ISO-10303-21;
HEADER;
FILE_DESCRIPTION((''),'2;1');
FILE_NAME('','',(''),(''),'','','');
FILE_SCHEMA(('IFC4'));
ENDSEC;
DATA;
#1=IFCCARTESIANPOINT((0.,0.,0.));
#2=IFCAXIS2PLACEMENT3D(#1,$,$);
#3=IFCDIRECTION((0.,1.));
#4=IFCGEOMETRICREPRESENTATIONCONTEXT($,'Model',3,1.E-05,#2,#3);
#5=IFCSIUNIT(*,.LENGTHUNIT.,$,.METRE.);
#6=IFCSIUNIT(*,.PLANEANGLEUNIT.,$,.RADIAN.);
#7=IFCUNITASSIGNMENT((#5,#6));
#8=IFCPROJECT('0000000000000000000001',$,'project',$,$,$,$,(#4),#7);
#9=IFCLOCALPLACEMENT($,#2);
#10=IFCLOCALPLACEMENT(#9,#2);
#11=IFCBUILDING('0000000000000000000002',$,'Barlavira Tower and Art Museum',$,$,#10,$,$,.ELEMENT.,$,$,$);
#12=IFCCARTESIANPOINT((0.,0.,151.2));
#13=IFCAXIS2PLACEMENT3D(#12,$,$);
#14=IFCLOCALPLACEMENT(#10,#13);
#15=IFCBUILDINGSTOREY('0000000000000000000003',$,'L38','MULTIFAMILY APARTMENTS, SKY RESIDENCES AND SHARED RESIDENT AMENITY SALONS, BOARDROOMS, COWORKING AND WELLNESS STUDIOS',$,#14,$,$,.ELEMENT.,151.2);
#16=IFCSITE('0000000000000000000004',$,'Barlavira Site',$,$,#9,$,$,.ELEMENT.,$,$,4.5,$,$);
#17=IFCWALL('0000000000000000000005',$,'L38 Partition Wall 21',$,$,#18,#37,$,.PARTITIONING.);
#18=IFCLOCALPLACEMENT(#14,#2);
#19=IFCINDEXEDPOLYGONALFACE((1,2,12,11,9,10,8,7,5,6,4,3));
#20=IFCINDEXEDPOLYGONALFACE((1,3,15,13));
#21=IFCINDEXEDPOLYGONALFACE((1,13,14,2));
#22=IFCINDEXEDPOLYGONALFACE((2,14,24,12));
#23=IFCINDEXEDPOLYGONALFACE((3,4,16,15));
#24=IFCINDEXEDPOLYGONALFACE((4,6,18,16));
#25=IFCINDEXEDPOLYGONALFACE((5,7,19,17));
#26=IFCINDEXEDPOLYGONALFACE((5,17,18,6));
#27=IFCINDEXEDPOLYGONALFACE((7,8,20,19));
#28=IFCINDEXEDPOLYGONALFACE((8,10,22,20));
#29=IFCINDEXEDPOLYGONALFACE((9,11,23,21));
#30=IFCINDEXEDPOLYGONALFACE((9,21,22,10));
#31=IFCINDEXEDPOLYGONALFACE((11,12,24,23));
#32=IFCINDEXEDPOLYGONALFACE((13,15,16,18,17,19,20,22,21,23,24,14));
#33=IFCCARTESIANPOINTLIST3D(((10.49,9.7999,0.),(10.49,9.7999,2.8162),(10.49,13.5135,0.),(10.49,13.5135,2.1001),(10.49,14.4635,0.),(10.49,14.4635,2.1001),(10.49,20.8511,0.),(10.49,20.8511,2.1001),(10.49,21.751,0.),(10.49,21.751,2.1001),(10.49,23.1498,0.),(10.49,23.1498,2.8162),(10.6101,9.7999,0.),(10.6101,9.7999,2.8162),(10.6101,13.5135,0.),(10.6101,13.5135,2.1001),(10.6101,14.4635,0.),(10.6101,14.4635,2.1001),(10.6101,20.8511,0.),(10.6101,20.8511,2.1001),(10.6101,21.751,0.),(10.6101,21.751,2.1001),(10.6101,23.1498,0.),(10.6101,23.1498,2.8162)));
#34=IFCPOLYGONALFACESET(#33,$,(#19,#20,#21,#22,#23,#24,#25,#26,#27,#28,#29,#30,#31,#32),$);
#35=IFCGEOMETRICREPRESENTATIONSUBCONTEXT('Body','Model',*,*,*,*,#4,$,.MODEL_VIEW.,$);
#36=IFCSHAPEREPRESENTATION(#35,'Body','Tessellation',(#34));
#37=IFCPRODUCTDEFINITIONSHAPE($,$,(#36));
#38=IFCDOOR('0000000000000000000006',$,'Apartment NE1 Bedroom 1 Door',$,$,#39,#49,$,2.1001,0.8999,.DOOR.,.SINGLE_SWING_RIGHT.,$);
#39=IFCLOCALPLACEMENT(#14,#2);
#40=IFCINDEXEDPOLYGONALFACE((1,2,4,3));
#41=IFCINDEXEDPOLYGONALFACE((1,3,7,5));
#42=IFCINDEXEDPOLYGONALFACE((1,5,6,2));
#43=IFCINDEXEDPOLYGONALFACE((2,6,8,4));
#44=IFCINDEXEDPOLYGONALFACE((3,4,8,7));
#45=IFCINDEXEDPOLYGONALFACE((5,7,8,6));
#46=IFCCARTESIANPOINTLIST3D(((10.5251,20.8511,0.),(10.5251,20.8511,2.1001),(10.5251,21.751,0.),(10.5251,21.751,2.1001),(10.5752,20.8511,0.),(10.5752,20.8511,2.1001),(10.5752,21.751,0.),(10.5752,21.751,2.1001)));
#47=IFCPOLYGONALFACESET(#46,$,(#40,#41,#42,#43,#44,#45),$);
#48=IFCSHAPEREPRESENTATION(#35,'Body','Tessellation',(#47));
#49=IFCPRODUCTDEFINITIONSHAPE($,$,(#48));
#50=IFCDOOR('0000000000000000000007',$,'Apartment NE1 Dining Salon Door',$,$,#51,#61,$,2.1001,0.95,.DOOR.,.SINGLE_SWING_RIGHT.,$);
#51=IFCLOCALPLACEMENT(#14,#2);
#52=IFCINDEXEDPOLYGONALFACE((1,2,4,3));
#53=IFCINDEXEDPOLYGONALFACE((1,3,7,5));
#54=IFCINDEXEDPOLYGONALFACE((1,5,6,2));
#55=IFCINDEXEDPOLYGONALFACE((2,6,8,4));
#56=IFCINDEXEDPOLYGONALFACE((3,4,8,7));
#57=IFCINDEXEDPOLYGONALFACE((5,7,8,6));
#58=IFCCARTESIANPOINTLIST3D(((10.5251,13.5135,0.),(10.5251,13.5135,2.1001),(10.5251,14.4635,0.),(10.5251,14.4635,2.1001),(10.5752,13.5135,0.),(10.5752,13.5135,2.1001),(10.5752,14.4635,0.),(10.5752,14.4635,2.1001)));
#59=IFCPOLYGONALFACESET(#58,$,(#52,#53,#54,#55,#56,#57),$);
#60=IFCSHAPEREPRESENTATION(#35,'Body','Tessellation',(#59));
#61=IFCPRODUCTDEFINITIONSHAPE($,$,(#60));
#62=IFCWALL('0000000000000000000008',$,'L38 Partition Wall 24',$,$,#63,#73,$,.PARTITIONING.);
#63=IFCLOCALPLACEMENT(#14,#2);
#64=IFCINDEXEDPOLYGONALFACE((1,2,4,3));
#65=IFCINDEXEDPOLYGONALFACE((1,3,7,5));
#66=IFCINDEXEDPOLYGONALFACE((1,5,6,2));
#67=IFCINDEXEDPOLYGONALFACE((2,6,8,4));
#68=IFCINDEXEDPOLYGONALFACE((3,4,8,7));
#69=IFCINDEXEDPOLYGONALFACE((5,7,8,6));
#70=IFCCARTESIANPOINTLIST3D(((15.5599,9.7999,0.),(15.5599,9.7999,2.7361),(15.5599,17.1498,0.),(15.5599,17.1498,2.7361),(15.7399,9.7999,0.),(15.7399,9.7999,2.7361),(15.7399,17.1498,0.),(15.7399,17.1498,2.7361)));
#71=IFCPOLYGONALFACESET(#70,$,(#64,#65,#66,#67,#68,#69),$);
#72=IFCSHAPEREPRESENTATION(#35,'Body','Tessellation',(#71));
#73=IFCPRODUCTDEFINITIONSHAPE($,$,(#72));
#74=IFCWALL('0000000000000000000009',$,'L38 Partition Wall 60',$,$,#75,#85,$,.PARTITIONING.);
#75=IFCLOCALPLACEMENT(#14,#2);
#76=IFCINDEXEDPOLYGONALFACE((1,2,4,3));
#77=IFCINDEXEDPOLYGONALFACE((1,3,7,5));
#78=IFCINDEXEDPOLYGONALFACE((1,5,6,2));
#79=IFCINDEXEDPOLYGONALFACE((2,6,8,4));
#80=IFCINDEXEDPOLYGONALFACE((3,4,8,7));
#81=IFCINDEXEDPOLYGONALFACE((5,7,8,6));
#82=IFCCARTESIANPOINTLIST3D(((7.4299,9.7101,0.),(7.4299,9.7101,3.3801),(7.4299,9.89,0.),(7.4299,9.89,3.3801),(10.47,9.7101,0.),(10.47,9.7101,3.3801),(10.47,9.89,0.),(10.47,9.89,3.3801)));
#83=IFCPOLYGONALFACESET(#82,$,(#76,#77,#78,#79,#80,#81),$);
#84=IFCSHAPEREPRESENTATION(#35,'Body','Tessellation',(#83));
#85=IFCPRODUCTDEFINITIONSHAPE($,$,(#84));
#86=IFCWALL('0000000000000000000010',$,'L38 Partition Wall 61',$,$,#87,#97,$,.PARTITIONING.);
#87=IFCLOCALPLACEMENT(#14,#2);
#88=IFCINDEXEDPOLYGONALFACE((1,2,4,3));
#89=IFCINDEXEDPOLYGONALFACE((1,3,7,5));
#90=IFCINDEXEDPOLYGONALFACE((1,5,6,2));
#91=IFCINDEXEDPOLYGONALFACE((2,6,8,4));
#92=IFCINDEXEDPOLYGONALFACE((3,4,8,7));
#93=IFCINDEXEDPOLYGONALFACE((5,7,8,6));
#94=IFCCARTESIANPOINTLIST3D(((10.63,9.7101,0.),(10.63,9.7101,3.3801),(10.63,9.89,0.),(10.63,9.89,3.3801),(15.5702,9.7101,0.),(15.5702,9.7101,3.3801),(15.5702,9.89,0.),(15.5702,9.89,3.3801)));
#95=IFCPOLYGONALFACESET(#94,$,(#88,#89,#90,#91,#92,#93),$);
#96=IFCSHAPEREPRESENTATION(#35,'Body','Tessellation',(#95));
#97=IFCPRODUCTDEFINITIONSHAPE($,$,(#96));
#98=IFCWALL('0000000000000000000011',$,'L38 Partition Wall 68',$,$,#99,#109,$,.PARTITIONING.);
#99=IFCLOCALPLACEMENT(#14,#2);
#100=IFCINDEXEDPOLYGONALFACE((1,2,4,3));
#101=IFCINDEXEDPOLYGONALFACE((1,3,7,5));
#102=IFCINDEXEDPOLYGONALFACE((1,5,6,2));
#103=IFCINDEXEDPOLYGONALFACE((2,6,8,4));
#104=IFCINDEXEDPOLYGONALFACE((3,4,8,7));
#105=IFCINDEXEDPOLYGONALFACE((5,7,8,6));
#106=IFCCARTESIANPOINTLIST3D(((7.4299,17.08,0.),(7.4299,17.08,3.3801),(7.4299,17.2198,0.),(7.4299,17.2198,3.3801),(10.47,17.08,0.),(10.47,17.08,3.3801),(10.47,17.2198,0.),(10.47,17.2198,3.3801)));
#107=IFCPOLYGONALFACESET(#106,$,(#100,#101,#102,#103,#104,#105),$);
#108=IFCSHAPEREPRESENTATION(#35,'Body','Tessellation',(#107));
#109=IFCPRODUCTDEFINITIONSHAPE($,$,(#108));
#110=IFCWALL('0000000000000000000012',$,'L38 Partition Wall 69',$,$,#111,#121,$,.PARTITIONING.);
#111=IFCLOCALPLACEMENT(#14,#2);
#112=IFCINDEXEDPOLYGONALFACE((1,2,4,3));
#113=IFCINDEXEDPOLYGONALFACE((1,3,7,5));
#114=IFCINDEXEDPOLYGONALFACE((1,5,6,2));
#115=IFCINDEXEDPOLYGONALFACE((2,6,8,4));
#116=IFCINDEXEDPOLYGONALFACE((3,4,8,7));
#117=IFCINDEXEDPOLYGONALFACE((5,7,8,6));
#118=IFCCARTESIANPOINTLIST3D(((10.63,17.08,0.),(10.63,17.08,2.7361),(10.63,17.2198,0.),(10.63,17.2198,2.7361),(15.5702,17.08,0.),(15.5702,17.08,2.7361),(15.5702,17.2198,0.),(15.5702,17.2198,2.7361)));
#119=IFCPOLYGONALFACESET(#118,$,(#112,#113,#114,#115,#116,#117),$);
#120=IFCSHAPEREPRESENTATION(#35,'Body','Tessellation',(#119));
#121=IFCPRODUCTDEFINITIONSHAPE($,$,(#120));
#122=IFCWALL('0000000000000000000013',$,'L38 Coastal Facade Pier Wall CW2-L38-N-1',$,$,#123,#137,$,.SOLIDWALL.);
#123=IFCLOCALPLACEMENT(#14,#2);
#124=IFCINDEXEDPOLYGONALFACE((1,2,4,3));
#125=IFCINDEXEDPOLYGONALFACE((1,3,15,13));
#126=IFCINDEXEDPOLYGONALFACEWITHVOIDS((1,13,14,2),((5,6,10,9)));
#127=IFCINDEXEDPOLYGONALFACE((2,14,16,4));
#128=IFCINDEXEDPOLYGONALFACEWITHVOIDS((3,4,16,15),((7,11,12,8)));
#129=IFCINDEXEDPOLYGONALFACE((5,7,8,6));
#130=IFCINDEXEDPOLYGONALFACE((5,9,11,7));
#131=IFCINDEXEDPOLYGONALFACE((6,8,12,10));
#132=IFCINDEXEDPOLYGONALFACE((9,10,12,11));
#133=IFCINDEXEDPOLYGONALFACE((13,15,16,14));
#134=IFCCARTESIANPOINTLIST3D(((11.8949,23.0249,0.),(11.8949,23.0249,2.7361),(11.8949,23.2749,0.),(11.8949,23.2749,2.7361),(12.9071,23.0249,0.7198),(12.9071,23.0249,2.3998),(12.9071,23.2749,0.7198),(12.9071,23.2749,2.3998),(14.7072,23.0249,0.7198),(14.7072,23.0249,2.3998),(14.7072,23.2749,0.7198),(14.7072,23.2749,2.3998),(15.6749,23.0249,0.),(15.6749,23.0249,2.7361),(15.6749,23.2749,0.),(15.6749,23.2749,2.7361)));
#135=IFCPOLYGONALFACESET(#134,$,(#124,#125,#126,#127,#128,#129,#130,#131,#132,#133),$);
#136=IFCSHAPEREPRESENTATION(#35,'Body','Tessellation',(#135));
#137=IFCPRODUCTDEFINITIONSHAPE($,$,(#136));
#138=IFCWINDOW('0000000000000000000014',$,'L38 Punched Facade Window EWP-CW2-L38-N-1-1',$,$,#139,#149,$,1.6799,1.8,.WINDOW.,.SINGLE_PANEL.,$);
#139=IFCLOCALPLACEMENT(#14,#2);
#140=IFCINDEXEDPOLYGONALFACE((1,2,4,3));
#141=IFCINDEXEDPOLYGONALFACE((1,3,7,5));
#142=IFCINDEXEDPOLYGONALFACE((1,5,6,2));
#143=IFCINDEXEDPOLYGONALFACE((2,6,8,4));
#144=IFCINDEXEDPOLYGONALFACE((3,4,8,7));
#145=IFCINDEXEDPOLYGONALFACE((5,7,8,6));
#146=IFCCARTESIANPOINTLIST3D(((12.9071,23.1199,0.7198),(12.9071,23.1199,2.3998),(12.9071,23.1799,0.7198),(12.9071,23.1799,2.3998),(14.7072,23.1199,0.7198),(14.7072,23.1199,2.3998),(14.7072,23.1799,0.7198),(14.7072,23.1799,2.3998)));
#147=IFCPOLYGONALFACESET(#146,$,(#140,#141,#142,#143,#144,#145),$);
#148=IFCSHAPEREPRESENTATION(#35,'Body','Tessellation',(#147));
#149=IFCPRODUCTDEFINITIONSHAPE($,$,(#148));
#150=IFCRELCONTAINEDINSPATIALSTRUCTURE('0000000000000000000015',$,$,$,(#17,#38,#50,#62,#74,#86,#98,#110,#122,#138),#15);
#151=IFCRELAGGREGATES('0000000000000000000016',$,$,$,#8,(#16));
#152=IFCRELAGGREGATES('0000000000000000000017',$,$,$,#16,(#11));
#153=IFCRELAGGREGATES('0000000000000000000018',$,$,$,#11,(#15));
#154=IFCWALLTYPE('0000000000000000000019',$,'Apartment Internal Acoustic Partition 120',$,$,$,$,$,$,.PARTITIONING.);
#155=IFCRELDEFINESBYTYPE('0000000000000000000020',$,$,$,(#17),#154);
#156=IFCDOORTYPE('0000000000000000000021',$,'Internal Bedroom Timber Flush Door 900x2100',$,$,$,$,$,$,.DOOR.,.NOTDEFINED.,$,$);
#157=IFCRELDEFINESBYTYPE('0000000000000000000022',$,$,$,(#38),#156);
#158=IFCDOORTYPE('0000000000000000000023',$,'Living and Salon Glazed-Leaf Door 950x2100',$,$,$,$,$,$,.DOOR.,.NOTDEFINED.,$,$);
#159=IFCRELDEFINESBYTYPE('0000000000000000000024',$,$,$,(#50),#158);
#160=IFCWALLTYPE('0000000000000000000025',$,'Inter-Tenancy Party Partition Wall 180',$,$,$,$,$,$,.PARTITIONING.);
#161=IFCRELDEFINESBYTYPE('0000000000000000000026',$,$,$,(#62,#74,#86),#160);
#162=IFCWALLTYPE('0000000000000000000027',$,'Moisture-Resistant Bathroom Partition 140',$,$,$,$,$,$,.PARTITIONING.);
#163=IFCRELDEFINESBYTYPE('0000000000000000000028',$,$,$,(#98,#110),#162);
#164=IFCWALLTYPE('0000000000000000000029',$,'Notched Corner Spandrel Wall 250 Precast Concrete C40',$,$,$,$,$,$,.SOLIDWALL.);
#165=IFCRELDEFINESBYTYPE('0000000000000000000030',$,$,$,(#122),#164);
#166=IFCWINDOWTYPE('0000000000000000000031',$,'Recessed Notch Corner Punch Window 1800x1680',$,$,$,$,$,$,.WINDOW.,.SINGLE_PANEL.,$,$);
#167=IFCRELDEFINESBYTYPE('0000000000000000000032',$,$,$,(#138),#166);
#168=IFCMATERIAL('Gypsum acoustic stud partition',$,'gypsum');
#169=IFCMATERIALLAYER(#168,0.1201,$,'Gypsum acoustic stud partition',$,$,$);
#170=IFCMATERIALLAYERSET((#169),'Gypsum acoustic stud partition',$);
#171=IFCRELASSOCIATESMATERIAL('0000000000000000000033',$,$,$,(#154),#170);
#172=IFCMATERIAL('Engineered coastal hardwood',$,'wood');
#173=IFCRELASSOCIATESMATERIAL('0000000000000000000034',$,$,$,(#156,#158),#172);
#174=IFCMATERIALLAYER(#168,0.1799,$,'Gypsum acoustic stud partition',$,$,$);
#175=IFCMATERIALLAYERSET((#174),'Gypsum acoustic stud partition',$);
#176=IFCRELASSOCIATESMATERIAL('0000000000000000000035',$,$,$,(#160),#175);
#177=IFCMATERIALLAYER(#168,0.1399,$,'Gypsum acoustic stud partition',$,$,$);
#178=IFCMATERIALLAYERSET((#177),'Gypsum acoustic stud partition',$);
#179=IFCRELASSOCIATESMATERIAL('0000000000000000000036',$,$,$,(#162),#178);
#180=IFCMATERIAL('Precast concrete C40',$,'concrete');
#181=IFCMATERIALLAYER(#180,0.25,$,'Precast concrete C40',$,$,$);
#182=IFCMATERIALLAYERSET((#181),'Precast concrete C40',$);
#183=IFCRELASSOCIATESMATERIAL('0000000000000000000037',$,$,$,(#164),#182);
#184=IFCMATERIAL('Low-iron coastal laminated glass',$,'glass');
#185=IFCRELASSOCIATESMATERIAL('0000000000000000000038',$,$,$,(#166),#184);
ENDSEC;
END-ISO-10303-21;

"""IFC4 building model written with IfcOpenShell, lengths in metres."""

from ifc_helpers import new_model, si_unit, direction, frame, frame_2d, origin, place, context, subcontext, project, spatial, rectangle, extrude, material, layer, layer_set, type_object, element, fill, save


model = new_model("IFC4")

# Units and contexts
model_context = context("Model", 3, precision=1e-05, world=origin(), true_north=direction((0.0, 1.0)))
body_context = subcontext(model_context, "Body", "Model", "MODEL_VIEW")
ifc_project = project(units=[si_unit("LENGTHUNIT", "METRE"), si_unit("PLANEANGLEUNIT", "RADIAN")], contexts=[model_context])

# Site, building, storey
site_placement = place(None, origin())
site = spatial("IfcSite", under=ifc_project, at=site_placement, Name="Barlavira Site", CompositionType="ELEMENT", RefElevation=4.5)
building_placement = place(site_placement, origin())
building = spatial("IfcBuilding", under=site, at=building_placement, Name="Barlavira Tower and Art Museum", CompositionType="ELEMENT")
storey_placement = place(building_placement, frame((0.0, 0.0, 151.2)))
storey = spatial("IfcBuildingStorey", under=building, at=storey_placement, Name="L38", Description="MULTIFAMILY APARTMENTS, SKY RESIDENCES AND SHARED RESIDENT AMENITY SALONS, BOARDROOMS, COWORKING AND WELLNESS STUDIOS", CompositionType="ELEMENT", Elevation=151.2)

# Wall, openings, doors
ifc_material_1 = material(Name="Gypsum acoustic stud partition", Category="gypsum")
ifc_layer_1 = layer(ifc_material_1, 0.1201, Name="Gypsum acoustic stud partition")
ifc_layer_set_1 = layer_set([ifc_layer_1], Name="Gypsum acoustic stud partition")
wall_type_1 = type_object("IfcWallType", Name="Apartment Internal Acoustic Partition 120", PredefinedType="PARTITIONING", material=ifc_layer_set_1)
wall_1_placement = place(storey_placement, frame((10.55, 9.8, 0.0), z_axis=(0.0, 0.0, 1.0), x_axis=(0.0, 1.0, 0.0)))
wall_1 = element("IfcWall", 1, at=wall_1_placement, inside=storey, type_object=wall_type_1, Name="L38 Partition Wall 21", PredefinedType="PARTITIONING", context=body_context, shape_type="SweptSolid", body=[
    extrude(rectangle(XDim=13.3499, YDim=0.1201, at=frame_2d((6.6748, 0.0))), origin(), (0.0, 0.0, 1.0), 2.8162),
])
opening_1_placement = place(wall_1_placement, frame((3.7134, 0.0, 0.0)))
opening_1 = element("IfcOpeningElement", 2, at=opening_1_placement, cuts=wall_1, PredefinedType="OPENING", context=body_context, shape_type="SweptSolid", body=[
    extrude(rectangle(XDim=0.95, YDim=2.1001, at=frame_2d((0.4751, 1.05))), frame((0.0, 0.0701, 0.0), z_axis=(0.0, -1.0, 0.0), x_axis=(1.0, 0.0, 0.0)), (0.0, 0.0, 1.0), 0.1401),
])
opening_2_placement = place(wall_1_placement, frame((11.051, 0.0, 0.0)))
opening_2 = element("IfcOpeningElement", 3, at=opening_2_placement, cuts=wall_1, PredefinedType="OPENING", context=body_context, shape_type="SweptSolid", body=[
    extrude(rectangle(XDim=0.8999, YDim=2.1001, at=frame_2d((0.45, 1.05))), frame((0.0, 0.0701, 0.0), z_axis=(0.0, -1.0, 0.0), x_axis=(1.0, 0.0, 0.0)), (0.0, 0.0, 1.0), 0.1401),
])
ifc_material_2 = material(Name="Engineered coastal hardwood", Category="wood")
door_type_1 = type_object("IfcDoorType", Name="Internal Bedroom Timber Flush Door 900x2100", OperationType="NOTDEFINED", PredefinedType="DOOR", material=ifc_material_2)
door_1_placement = place(opening_2_placement, origin())
door_1 = element("IfcDoor", 4, at=door_1_placement, inside=storey, type_object=door_type_1, Name="Apartment NE1 Bedroom 1 Door", OperationType="SINGLE_SWING_RIGHT", OverallHeight=2.1001, OverallWidth=0.8999, PredefinedType="DOOR", context=body_context, shape_type="SweptSolid", body=[
    extrude(rectangle(XDim=0.8999, YDim=2.1001, at=frame_2d((0.45, 1.05))), frame((0.0, 0.0249, 0.0), z_axis=(0.0, -1.0, 0.0), x_axis=(1.0, 0.0, 0.0)), (0.0, 0.0, 1.0), 0.05),
])
fill(opening_2, door_1)
door_type_2 = type_object("IfcDoorType", Name="Living and Salon Glazed-Leaf Door 950x2100", OperationType="NOTDEFINED", PredefinedType="DOOR", material=ifc_material_2)
door_2_placement = place(opening_1_placement, origin())
door_2 = element("IfcDoor", 5, at=door_2_placement, inside=storey, type_object=door_type_2, Name="Apartment NE1 Dining Salon Door", OperationType="SINGLE_SWING_RIGHT", OverallHeight=2.1001, OverallWidth=0.95, PredefinedType="DOOR", context=body_context, shape_type="SweptSolid", body=[
    extrude(rectangle(XDim=0.95, YDim=2.1001, at=frame_2d((0.4751, 1.05))), frame((0.0, 0.0249, 0.0), z_axis=(0.0, -1.0, 0.0), x_axis=(1.0, 0.0, 0.0)), (0.0, 0.0, 1.0), 0.05),
])
fill(opening_1, door_2)

# Walls
ifc_layer_2 = layer(ifc_material_1, 0.1799, Name="Gypsum acoustic stud partition")
ifc_layer_set_2 = layer_set([ifc_layer_2], Name="Gypsum acoustic stud partition")
wall_type_2 = type_object("IfcWallType", Name="Inter-Tenancy Party Partition Wall 180", PredefinedType="PARTITIONING", material=ifc_layer_set_2)
wall_2_placement = place(storey_placement, frame((15.6499, 9.8, 0.0), z_axis=(0.0, 0.0, 1.0), x_axis=(0.0, 1.0, 0.0)))
element("IfcWall", 6, at=wall_2_placement, inside=storey, type_object=wall_type_2, Name="L38 Partition Wall 24", PredefinedType="PARTITIONING", context=body_context, shape_type="SweptSolid", body=[
    extrude(rectangle(XDim=7.3499, YDim=0.1799, at=frame_2d((3.6748, 0.0))), origin(), (0.0, 0.0, 1.0), 2.7361),
])
wall_3_placement = place(storey_placement, frame((7.4299, 9.8, 0.0), z_axis=(0.0, 0.0, 1.0), x_axis=(1.0, 0.0, 0.0)))
element("IfcWall", 7, at=wall_3_placement, inside=storey, type_object=wall_type_2, Name="L38 Partition Wall 60", PredefinedType="PARTITIONING", context=body_context, shape_type="SweptSolid", body=[
    extrude(rectangle(XDim=3.04, YDim=0.1799, at=frame_2d((1.52, 0.0))), origin(), (0.0, 0.0, 1.0), 3.3801),
])
wall_4_placement = place(storey_placement, frame((10.6299, 9.8, 0.0), z_axis=(0.0, 0.0, 1.0), x_axis=(1.0, 0.0, 0.0)))
element("IfcWall", 8, at=wall_4_placement, inside=storey, type_object=wall_type_2, Name="L38 Partition Wall 61", PredefinedType="PARTITIONING", context=body_context, shape_type="SweptSolid", body=[
    extrude(rectangle(XDim=4.9402, YDim=0.1799, at=frame_2d((2.4702, 0.0))), origin(), (0.0, 0.0, 1.0), 3.3801),
])
ifc_layer_3 = layer(ifc_material_1, 0.1399, Name="Gypsum acoustic stud partition")
ifc_layer_set_3 = layer_set([ifc_layer_3], Name="Gypsum acoustic stud partition")
wall_type_3 = type_object("IfcWallType", Name="Moisture-Resistant Bathroom Partition 140", PredefinedType="PARTITIONING", material=ifc_layer_set_3)
wall_5_placement = place(storey_placement, frame((7.4299, 17.1499, 0.0), z_axis=(0.0, 0.0, 1.0), x_axis=(1.0, 0.0, 0.0)))
element("IfcWall", 9, at=wall_5_placement, inside=storey, type_object=wall_type_3, Name="L38 Partition Wall 68", PredefinedType="PARTITIONING", context=body_context, shape_type="SweptSolid", body=[
    extrude(rectangle(XDim=3.04, YDim=0.1399, at=frame_2d((1.52, 0.0))), origin(), (0.0, 0.0, 1.0), 3.3801),
])
wall_6_placement = place(storey_placement, frame((10.6299, 17.1499, 0.0), z_axis=(0.0, 0.0, 1.0), x_axis=(1.0, 0.0, 0.0)))
element("IfcWall", 10, at=wall_6_placement, inside=storey, type_object=wall_type_3, Name="L38 Partition Wall 69", PredefinedType="PARTITIONING", context=body_context, shape_type="SweptSolid", body=[
    extrude(rectangle(XDim=4.9402, YDim=0.1399, at=frame_2d((2.4702, 0.0))), origin(), (0.0, 0.0, 1.0), 2.7361),
])

# Wall, opening, window
ifc_material_3 = material(Name="Precast concrete C40", Category="concrete")
ifc_layer_4 = layer(ifc_material_3, 0.25, Name="Precast concrete C40")
ifc_layer_set_4 = layer_set([ifc_layer_4], Name="Precast concrete C40")
wall_type_4 = type_object("IfcWallType", Name="Notched Corner Spandrel Wall 250 Precast Concrete C40", PredefinedType="SOLIDWALL", material=ifc_layer_set_4)
wall_7_placement = place(storey_placement, frame((15.675, 23.1499, 0.0), z_axis=(0.0, 0.0, 1.0), x_axis=(-1.0, 0.0, 0.0)))
wall_7 = element("IfcWall", 11, at=wall_7_placement, inside=storey, type_object=wall_type_4, Name="L38 Coastal Facade Pier Wall CW2-L38-N-1", PredefinedType="SOLIDWALL", context=body_context, shape_type="SweptSolid", body=[
    extrude(rectangle(XDim=3.78, YDim=0.25, at=frame_2d((1.8901, 0.0))), origin(), (0.0, 0.0, 1.0), 2.7361),
])
opening_3_placement = place(wall_7_placement, frame((0.968, 0.0, 0.72)))
opening_3 = element("IfcOpeningElement", 12, at=opening_3_placement, cuts=wall_7, PredefinedType="OPENING", context=body_context, shape_type="SweptSolid", body=[
    extrude(rectangle(XDim=1.8, YDim=1.6799, at=frame_2d((0.8999, 0.8398))), frame((0.0, 0.135, 0.0), z_axis=(0.0, -1.0, 0.0), x_axis=(1.0, 0.0, 0.0)), (0.0, 0.0, 1.0), 0.27),
])
ifc_material_4 = material(Name="Low-iron coastal laminated glass", Category="glass")
window_type = type_object("IfcWindowType", Name="Recessed Notch Corner Punch Window 1800x1680", PartitioningType="SINGLE_PANEL", PredefinedType="WINDOW", material=ifc_material_4)
window_1_placement = place(opening_3_placement, origin())
window_1 = element("IfcWindow", 13, at=window_1_placement, inside=storey, type_object=window_type, Name="L38 Punched Facade Window EWP-CW2-L38-N-1-1", OverallHeight=1.6799, OverallWidth=1.8, PartitioningType="SINGLE_PANEL", PredefinedType="WINDOW", context=body_context, shape_type="SweptSolid", body=[
    extrude(rectangle(XDim=1.8, YDim=1.6799, at=frame_2d((0.8999, 0.8398))), frame((0.0, 0.03, 0.0), z_axis=(0.0, -1.0, 0.0), x_axis=(1.0, 0.0, 0.0)), (0.0, 0.0, 1.0), 0.0601),
])
fill(opening_3, window_1)

save(model, "model.ifc")
